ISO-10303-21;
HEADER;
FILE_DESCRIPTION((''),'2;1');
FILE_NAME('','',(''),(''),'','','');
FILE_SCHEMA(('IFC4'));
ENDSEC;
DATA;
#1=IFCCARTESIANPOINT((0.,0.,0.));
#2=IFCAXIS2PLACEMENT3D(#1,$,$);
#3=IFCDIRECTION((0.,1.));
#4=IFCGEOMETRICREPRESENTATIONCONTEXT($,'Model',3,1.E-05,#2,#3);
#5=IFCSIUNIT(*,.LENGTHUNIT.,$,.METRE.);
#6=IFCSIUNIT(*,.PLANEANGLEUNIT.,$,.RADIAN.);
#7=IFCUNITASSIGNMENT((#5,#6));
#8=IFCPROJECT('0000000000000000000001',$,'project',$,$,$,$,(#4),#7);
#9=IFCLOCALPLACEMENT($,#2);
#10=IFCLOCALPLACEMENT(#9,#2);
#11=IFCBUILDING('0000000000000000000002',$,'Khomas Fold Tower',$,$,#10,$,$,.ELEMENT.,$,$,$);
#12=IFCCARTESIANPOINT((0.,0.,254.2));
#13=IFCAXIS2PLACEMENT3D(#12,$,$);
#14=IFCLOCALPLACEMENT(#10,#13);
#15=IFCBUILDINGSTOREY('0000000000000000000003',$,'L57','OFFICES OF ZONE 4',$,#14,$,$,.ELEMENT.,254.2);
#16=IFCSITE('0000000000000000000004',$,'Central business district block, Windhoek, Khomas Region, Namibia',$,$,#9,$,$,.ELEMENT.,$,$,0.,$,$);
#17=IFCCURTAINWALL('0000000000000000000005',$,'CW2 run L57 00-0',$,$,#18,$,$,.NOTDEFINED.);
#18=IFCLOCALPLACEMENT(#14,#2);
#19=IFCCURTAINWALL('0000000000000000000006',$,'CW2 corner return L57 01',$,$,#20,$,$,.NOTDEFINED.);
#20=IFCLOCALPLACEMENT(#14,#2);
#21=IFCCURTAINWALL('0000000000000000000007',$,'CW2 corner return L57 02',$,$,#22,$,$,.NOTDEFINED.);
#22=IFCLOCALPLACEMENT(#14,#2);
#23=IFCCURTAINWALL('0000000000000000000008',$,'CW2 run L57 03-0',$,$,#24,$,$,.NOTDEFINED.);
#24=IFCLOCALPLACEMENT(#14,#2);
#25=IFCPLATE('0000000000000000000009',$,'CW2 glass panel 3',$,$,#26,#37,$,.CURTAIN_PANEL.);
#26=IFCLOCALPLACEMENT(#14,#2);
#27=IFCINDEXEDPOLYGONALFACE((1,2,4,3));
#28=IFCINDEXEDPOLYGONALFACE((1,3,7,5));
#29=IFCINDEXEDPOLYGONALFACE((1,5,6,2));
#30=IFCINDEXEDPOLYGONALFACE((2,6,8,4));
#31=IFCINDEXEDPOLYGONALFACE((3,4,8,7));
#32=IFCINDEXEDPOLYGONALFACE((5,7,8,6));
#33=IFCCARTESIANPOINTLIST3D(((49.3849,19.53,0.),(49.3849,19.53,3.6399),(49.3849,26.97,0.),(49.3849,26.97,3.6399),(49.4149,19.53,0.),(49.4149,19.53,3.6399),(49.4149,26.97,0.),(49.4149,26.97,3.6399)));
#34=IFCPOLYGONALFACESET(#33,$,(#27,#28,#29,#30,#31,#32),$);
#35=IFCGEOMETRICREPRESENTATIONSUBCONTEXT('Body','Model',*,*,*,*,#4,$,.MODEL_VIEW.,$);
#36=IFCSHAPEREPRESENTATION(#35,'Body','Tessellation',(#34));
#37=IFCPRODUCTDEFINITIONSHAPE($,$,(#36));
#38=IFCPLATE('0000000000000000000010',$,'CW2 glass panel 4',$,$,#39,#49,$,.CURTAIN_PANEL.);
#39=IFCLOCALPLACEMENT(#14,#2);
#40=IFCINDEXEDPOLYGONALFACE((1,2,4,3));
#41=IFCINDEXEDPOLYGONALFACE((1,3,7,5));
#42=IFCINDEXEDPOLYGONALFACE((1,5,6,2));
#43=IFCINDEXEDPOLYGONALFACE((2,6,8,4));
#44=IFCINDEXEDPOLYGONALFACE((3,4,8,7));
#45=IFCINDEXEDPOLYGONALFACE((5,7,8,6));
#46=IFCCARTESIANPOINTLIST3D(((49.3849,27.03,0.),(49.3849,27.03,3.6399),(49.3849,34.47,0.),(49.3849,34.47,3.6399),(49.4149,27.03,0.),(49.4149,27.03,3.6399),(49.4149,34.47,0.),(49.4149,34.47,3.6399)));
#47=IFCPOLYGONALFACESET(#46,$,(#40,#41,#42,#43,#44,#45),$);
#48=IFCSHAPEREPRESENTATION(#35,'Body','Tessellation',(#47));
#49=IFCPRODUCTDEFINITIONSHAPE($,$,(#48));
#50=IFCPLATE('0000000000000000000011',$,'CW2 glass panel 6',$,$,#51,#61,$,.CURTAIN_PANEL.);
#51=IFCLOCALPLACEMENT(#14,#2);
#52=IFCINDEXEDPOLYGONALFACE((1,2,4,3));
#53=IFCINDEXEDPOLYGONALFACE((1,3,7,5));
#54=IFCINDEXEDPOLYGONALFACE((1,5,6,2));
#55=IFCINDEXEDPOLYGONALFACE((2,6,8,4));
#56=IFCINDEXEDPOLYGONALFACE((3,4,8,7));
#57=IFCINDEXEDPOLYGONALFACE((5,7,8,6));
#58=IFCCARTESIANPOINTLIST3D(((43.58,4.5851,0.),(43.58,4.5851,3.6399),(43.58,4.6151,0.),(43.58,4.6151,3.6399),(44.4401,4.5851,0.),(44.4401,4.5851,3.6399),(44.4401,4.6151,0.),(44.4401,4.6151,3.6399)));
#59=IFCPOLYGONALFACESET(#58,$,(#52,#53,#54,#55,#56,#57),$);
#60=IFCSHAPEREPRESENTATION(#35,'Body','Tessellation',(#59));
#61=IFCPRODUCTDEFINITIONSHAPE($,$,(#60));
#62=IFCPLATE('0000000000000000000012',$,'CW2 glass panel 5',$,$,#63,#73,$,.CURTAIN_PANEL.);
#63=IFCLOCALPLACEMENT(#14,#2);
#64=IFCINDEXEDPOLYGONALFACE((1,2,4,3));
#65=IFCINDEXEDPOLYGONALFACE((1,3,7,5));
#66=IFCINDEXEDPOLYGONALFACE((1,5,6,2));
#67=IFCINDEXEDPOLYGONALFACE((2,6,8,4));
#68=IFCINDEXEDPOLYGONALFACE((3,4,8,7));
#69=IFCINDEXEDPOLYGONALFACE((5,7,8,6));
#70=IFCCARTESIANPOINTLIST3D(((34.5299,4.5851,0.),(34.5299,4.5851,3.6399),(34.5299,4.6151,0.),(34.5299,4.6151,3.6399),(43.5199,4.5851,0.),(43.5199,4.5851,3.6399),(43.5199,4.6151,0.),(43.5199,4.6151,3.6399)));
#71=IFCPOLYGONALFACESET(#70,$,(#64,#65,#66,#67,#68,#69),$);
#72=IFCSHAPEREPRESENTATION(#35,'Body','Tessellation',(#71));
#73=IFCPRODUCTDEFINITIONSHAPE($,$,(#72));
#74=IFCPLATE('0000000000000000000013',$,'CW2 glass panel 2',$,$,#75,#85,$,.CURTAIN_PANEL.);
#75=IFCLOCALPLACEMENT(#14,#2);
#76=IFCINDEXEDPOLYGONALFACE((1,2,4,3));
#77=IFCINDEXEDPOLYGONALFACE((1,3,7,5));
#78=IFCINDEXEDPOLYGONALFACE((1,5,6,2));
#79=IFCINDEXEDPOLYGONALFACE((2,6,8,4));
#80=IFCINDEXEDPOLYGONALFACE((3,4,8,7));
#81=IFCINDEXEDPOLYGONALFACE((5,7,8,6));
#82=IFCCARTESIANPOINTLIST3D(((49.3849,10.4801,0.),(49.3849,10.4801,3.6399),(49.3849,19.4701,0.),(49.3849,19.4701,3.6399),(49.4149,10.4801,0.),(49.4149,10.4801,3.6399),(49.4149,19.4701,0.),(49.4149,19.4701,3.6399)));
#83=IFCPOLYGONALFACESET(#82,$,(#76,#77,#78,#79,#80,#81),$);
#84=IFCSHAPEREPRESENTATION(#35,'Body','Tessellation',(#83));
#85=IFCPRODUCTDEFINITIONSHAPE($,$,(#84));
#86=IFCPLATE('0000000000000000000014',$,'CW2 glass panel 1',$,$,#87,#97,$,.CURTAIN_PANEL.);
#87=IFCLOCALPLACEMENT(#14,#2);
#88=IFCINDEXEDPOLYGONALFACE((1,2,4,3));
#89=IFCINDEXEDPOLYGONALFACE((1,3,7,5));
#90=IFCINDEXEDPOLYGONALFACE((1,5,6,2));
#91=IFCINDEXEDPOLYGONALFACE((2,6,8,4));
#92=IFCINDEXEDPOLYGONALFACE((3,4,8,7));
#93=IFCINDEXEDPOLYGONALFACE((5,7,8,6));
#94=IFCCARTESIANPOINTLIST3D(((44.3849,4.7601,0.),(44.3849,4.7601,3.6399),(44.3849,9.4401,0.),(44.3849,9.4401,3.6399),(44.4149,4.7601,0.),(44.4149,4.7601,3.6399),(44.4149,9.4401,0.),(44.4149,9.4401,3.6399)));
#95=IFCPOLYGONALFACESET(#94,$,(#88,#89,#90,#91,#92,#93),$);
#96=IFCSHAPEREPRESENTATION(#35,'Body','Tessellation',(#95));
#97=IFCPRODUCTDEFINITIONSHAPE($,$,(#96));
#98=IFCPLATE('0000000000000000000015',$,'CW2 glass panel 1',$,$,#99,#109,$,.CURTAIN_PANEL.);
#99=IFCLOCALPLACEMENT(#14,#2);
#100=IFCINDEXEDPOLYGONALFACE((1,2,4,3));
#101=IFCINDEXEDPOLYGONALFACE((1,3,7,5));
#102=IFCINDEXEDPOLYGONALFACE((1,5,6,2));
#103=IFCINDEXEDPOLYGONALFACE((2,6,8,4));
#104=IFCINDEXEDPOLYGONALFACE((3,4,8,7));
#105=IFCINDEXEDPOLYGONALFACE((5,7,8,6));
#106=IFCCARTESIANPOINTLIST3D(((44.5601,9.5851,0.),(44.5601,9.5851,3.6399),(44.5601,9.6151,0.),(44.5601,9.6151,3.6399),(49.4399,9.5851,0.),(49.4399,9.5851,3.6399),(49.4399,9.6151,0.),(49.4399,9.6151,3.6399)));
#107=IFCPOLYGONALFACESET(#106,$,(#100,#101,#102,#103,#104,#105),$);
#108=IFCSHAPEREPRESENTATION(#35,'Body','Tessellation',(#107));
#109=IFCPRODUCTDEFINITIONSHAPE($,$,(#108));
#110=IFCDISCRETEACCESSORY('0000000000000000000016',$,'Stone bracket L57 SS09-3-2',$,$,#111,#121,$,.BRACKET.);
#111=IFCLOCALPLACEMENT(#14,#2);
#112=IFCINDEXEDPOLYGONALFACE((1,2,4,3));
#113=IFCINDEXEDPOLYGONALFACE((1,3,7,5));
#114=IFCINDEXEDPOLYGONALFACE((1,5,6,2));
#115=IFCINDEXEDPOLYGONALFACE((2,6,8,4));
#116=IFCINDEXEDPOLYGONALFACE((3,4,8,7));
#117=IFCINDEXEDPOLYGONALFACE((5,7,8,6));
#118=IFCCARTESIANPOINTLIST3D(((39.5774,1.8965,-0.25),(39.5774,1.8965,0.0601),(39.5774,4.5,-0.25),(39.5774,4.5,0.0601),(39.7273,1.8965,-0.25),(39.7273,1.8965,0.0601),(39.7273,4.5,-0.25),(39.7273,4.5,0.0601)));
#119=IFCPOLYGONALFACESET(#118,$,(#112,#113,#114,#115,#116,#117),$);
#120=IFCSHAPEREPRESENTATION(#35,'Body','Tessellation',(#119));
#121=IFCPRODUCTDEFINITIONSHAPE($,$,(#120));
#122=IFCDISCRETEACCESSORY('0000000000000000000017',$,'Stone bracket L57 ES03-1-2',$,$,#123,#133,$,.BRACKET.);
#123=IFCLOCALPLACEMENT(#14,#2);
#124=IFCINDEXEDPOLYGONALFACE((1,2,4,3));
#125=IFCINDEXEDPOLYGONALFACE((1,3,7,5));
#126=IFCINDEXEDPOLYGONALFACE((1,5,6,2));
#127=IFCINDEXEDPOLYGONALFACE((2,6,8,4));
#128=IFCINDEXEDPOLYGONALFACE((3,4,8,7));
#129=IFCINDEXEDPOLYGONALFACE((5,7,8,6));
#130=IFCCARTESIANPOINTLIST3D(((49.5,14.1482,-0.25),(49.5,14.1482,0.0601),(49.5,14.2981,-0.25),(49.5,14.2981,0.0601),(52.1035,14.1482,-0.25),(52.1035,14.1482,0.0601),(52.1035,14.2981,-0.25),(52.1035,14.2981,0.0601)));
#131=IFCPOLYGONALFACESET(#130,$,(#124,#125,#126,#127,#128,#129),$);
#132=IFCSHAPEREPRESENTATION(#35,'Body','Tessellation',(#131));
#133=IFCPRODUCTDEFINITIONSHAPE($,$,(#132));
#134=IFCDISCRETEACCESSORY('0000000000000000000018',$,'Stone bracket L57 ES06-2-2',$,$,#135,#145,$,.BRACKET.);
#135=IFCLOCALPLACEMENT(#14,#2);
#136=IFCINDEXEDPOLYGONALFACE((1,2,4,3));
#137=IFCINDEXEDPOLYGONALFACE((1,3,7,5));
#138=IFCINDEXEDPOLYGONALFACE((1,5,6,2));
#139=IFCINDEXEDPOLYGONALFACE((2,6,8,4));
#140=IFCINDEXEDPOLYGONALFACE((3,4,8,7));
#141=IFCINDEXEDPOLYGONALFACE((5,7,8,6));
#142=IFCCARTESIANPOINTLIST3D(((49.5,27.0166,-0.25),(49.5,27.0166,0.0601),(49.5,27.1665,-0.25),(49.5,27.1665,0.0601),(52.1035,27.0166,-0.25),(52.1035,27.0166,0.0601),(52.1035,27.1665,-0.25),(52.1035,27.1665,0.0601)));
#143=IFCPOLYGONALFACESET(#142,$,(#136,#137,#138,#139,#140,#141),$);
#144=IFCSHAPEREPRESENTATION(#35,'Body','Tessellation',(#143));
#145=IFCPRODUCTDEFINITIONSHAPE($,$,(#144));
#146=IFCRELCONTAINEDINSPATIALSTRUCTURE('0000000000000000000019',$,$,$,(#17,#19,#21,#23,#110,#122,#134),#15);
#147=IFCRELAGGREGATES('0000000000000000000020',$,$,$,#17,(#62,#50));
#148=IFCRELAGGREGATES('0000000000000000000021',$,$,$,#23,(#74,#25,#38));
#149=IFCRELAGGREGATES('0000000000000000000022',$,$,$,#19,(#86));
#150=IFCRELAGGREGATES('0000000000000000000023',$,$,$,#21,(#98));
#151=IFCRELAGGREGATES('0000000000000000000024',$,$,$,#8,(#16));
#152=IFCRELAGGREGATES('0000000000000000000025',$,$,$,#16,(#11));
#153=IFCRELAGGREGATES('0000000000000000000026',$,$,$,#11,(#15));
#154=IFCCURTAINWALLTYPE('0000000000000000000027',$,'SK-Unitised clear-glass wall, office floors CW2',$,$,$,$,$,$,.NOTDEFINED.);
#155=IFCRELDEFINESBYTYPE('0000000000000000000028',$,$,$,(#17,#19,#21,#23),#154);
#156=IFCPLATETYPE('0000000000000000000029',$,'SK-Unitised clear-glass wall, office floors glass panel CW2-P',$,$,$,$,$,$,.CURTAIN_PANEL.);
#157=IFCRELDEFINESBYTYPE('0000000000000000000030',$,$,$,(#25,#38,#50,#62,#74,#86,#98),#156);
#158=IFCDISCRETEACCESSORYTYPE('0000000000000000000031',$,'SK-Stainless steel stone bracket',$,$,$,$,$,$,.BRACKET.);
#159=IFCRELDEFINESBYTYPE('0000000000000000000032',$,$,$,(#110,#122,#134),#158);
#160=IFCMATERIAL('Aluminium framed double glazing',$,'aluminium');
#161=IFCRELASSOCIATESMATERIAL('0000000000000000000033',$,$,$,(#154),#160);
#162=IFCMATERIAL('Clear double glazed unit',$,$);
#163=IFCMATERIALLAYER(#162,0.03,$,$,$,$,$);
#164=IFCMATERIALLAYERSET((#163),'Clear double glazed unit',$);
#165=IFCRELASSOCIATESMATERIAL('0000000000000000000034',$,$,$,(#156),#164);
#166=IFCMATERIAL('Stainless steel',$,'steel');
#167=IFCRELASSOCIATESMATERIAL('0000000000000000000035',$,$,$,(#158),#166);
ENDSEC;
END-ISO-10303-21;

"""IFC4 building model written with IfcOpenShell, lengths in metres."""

from ifc_helpers import new_model, si_unit, direction, frame, origin, origin_2d, place, context, subcontext, project, spatial, rectangle, extrude, source, transform, mapped, material, layer, layer_set, type_object, element, aggregate, save


model = new_model("IFC4")

# Units and contexts
model_context = context("Model", 3, precision=1e-05, world=origin(), true_north=direction((0.0, 1.0)))
body_context = subcontext(model_context, "Body", "Model", "MODEL_VIEW")
ifc_project = project(units=[si_unit("LENGTHUNIT", "METRE"), si_unit("PLANEANGLEUNIT", "RADIAN")], contexts=[model_context])

# Site, building, storey
site_placement = place(None, origin())
site = spatial("IfcSite", under=ifc_project, at=site_placement, Name="Central business district block, Windhoek, Khomas Region, Namibia", CompositionType="ELEMENT", RefElevation=0.0)
building_placement = place(site_placement, origin())
building = spatial("IfcBuilding", under=site, at=building_placement, Name="Khomas Fold Tower", CompositionType="ELEMENT")
storey_placement = place(building_placement, frame((0.0, 0.0, 254.2)))
storey = spatial("IfcBuildingStorey", under=building, at=storey_placement, Name="L57", Description="OFFICES OF ZONE 4", CompositionType="ELEMENT", Elevation=254.2)

# Curtain walls
ifc_material_1 = material(Name="Aluminium framed double glazing", Category="aluminium")
curtain_wall_type = type_object("IfcCurtainWallType", Name="SK-Unitised clear-glass wall, office floors CW2", PredefinedType="NOTDEFINED", material=ifc_material_1)
curtain_wall_1_placement = place(storey_placement, origin())
curtain_wall_1 = element("IfcCurtainWall", 1, at=curtain_wall_1_placement, inside=storey, type_object=curtain_wall_type, Name="CW2 run L57 00-0", PredefinedType="NOTDEFINED")
curtain_wall_2_placement = place(storey_placement, origin())
curtain_wall_2 = element("IfcCurtainWall", 2, at=curtain_wall_2_placement, inside=storey, type_object=curtain_wall_type, Name="CW2 corner return L57 01", PredefinedType="NOTDEFINED")
curtain_wall_3_placement = place(storey_placement, origin())
curtain_wall_3 = element("IfcCurtainWall", 3, at=curtain_wall_3_placement, inside=storey, type_object=curtain_wall_type, Name="CW2 corner return L57 02", PredefinedType="NOTDEFINED")
curtain_wall_4_placement = place(storey_placement, origin())
curtain_wall_4 = element("IfcCurtainWall", 4, at=curtain_wall_4_placement, inside=storey, type_object=curtain_wall_type, Name="CW2 run L57 03-0", PredefinedType="NOTDEFINED")

# Plates
ifc_material_2 = material(Name="Clear double glazed unit")
ifc_layer = layer(ifc_material_2, 0.03)
ifc_layer_set = layer_set([ifc_layer], Name="Clear double glazed unit")
plate_type = type_object("IfcPlateType", Name="SK-Unitised clear-glass wall, office floors glass panel CW2-P", PredefinedType="CURTAIN_PANEL", material=ifc_layer_set)
shared_shape_1 = source(origin(), body_context, "Body", "SweptSolid", [
    extrude(rectangle(XDim=7.4399, YDim=0.03, at=origin_2d()), origin(), (0.0, 0.0, 1.0), 3.6399),
])
plate_1_placement = place(storey_placement, frame((49.3999, 23.25, 0.0), z_axis=(0.0, 0.0, 1.0), x_axis=(0.0, 1.0, 0.0)))
plate_1 = element("IfcPlate", 5, at=plate_1_placement, type_object=plate_type, Name="CW2 glass panel 3", PredefinedType="CURTAIN_PANEL", context=body_context, shape_type="MappedRepresentation", body=[
    mapped(shared_shape_1, transform((0.0, 0.0, 0.0))),
])
plate_2_placement = place(storey_placement, frame((49.3999, 30.75, 0.0), z_axis=(0.0, 0.0, 1.0), x_axis=(0.0, 1.0, 0.0)))
plate_2 = element("IfcPlate", 6, at=plate_2_placement, type_object=plate_type, Name="CW2 glass panel 4", PredefinedType="CURTAIN_PANEL", context=body_context, shape_type="MappedRepresentation", body=[
    mapped(shared_shape_1, transform((0.0, 0.0, 0.0))),
])
shared_shape_2 = source(origin(), body_context, "Body", "SweptSolid", [
    extrude(rectangle(XDim=0.8601, YDim=0.03, at=origin_2d()), origin(), (0.0, 0.0, 1.0), 3.6399),
])
plate_3_placement = place(storey_placement, frame((44.01, 4.6001, 0.0), z_axis=(0.0, 0.0, 1.0), x_axis=(1.0, 0.0, 0.0)))
plate_3 = element("IfcPlate", 7, at=plate_3_placement, type_object=plate_type, Name="CW2 glass panel 6", PredefinedType="CURTAIN_PANEL", context=body_context, shape_type="MappedRepresentation", body=[
    mapped(shared_shape_2, transform((0.0, 0.0, 0.0))),
])
shared_shape_3 = source(origin(), body_context, "Body", "SweptSolid", [
    extrude(rectangle(XDim=8.99, YDim=0.03, at=origin_2d()), origin(), (0.0, 0.0, 1.0), 3.6399),
])
plate_4_placement = place(storey_placement, frame((39.0249, 4.6001, 0.0), z_axis=(0.0, 0.0, 1.0), x_axis=(1.0, 0.0, 0.0)))
plate_4 = element("IfcPlate", 8, at=plate_4_placement, type_object=plate_type, Name="CW2 glass panel 5", PredefinedType="CURTAIN_PANEL", context=body_context, shape_type="MappedRepresentation", body=[
    mapped(shared_shape_3, transform((0.0, 0.0, 0.0))),
])
aggregate(curtain_wall_1, [plate_4, plate_3])
plate_5_placement = place(storey_placement, frame((49.3999, 14.9751, 0.0), z_axis=(0.0, 0.0, 1.0), x_axis=(0.0, 1.0, 0.0)))
plate_5 = element("IfcPlate", 9, at=plate_5_placement, type_object=plate_type, Name="CW2 glass panel 2", PredefinedType="CURTAIN_PANEL", context=body_context, shape_type="MappedRepresentation", body=[
    mapped(shared_shape_3, transform((0.0, 0.0, 0.0))),
])
aggregate(curtain_wall_4, [plate_5, plate_1, plate_2])
shared_shape_4 = source(origin(), body_context, "Body", "SweptSolid", [
    extrude(rectangle(XDim=4.6799, YDim=0.03, at=origin_2d()), origin(), (0.0, 0.0, 1.0), 3.6399),
])
plate_6_placement = place(storey_placement, frame((44.3999, 7.1001, 0.0), z_axis=(0.0, 0.0, 1.0), x_axis=(0.0, 1.0, 0.0)))
plate_6 = element("IfcPlate", 10, at=plate_6_placement, type_object=plate_type, Name="CW2 glass panel 1", PredefinedType="CURTAIN_PANEL", context=body_context, shape_type="MappedRepresentation", body=[
    mapped(shared_shape_4, transform((0.0, 0.0, 0.0))),
])
aggregate(curtain_wall_2, [plate_6])
shared_shape_5 = source(origin(), body_context, "Body", "SweptSolid", [
    extrude(rectangle(XDim=4.8799, YDim=0.03, at=origin_2d()), origin(), (0.0, 0.0, 1.0), 3.6399),
])
plate_7_placement = place(storey_placement, frame((47.0, 9.6001, 0.0), z_axis=(0.0, 0.0, 1.0), x_axis=(1.0, 0.0, 0.0)))
plate_7 = element("IfcPlate", 11, at=plate_7_placement, type_object=plate_type, Name="CW2 glass panel 1", PredefinedType="CURTAIN_PANEL", context=body_context, shape_type="MappedRepresentation", body=[
    mapped(shared_shape_5, transform((0.0, 0.0, 0.0))),
])
aggregate(curtain_wall_3, [plate_7])

# Discrete accessories
ifc_material_3 = material(Name="Stainless steel", Category="steel")
discrete_accessory_type = type_object("IfcDiscreteAccessoryType", Name="SK-Stainless steel stone bracket", PredefinedType="BRACKET", material=ifc_material_3)
shared_shape_6 = source(origin(), body_context, "Body", "SweptSolid", [
    extrude(rectangle(XDim=2.6035, YDim=0.1499, at=origin_2d()), origin(), (0.0, 0.0, 1.0), 0.3101),
])
for number, where, z_axis, x_axis, name in (
    (12, (39.6523, 3.1982, -0.25), (0.0, 0.0, 1.0), (0.0, -1.0, 0.0), "Stone bracket L57 SS09-3-2"),
    (13, (50.8018, 14.2231, -0.25), (0.0, 0.0, 1.0), (1.0, 0.0, 0.0), "Stone bracket L57 ES03-1-2"),
    (14, (50.8018, 27.0916, -0.25), (0.0, 0.0, 1.0), (1.0, 0.0, 0.0), "Stone bracket L57 ES06-2-2"),
):
    element("IfcDiscreteAccessory", number, at=place(storey_placement, frame(where, z_axis=z_axis, x_axis=x_axis)), inside=storey, type_object=discrete_accessory_type, Name=name, PredefinedType="BRACKET", context=body_context, shape_type="MappedRepresentation", body=[
        mapped(shared_shape_6, transform((0.0, 0.0, 0.0))),
    ])

save(model, "model.ifc")
